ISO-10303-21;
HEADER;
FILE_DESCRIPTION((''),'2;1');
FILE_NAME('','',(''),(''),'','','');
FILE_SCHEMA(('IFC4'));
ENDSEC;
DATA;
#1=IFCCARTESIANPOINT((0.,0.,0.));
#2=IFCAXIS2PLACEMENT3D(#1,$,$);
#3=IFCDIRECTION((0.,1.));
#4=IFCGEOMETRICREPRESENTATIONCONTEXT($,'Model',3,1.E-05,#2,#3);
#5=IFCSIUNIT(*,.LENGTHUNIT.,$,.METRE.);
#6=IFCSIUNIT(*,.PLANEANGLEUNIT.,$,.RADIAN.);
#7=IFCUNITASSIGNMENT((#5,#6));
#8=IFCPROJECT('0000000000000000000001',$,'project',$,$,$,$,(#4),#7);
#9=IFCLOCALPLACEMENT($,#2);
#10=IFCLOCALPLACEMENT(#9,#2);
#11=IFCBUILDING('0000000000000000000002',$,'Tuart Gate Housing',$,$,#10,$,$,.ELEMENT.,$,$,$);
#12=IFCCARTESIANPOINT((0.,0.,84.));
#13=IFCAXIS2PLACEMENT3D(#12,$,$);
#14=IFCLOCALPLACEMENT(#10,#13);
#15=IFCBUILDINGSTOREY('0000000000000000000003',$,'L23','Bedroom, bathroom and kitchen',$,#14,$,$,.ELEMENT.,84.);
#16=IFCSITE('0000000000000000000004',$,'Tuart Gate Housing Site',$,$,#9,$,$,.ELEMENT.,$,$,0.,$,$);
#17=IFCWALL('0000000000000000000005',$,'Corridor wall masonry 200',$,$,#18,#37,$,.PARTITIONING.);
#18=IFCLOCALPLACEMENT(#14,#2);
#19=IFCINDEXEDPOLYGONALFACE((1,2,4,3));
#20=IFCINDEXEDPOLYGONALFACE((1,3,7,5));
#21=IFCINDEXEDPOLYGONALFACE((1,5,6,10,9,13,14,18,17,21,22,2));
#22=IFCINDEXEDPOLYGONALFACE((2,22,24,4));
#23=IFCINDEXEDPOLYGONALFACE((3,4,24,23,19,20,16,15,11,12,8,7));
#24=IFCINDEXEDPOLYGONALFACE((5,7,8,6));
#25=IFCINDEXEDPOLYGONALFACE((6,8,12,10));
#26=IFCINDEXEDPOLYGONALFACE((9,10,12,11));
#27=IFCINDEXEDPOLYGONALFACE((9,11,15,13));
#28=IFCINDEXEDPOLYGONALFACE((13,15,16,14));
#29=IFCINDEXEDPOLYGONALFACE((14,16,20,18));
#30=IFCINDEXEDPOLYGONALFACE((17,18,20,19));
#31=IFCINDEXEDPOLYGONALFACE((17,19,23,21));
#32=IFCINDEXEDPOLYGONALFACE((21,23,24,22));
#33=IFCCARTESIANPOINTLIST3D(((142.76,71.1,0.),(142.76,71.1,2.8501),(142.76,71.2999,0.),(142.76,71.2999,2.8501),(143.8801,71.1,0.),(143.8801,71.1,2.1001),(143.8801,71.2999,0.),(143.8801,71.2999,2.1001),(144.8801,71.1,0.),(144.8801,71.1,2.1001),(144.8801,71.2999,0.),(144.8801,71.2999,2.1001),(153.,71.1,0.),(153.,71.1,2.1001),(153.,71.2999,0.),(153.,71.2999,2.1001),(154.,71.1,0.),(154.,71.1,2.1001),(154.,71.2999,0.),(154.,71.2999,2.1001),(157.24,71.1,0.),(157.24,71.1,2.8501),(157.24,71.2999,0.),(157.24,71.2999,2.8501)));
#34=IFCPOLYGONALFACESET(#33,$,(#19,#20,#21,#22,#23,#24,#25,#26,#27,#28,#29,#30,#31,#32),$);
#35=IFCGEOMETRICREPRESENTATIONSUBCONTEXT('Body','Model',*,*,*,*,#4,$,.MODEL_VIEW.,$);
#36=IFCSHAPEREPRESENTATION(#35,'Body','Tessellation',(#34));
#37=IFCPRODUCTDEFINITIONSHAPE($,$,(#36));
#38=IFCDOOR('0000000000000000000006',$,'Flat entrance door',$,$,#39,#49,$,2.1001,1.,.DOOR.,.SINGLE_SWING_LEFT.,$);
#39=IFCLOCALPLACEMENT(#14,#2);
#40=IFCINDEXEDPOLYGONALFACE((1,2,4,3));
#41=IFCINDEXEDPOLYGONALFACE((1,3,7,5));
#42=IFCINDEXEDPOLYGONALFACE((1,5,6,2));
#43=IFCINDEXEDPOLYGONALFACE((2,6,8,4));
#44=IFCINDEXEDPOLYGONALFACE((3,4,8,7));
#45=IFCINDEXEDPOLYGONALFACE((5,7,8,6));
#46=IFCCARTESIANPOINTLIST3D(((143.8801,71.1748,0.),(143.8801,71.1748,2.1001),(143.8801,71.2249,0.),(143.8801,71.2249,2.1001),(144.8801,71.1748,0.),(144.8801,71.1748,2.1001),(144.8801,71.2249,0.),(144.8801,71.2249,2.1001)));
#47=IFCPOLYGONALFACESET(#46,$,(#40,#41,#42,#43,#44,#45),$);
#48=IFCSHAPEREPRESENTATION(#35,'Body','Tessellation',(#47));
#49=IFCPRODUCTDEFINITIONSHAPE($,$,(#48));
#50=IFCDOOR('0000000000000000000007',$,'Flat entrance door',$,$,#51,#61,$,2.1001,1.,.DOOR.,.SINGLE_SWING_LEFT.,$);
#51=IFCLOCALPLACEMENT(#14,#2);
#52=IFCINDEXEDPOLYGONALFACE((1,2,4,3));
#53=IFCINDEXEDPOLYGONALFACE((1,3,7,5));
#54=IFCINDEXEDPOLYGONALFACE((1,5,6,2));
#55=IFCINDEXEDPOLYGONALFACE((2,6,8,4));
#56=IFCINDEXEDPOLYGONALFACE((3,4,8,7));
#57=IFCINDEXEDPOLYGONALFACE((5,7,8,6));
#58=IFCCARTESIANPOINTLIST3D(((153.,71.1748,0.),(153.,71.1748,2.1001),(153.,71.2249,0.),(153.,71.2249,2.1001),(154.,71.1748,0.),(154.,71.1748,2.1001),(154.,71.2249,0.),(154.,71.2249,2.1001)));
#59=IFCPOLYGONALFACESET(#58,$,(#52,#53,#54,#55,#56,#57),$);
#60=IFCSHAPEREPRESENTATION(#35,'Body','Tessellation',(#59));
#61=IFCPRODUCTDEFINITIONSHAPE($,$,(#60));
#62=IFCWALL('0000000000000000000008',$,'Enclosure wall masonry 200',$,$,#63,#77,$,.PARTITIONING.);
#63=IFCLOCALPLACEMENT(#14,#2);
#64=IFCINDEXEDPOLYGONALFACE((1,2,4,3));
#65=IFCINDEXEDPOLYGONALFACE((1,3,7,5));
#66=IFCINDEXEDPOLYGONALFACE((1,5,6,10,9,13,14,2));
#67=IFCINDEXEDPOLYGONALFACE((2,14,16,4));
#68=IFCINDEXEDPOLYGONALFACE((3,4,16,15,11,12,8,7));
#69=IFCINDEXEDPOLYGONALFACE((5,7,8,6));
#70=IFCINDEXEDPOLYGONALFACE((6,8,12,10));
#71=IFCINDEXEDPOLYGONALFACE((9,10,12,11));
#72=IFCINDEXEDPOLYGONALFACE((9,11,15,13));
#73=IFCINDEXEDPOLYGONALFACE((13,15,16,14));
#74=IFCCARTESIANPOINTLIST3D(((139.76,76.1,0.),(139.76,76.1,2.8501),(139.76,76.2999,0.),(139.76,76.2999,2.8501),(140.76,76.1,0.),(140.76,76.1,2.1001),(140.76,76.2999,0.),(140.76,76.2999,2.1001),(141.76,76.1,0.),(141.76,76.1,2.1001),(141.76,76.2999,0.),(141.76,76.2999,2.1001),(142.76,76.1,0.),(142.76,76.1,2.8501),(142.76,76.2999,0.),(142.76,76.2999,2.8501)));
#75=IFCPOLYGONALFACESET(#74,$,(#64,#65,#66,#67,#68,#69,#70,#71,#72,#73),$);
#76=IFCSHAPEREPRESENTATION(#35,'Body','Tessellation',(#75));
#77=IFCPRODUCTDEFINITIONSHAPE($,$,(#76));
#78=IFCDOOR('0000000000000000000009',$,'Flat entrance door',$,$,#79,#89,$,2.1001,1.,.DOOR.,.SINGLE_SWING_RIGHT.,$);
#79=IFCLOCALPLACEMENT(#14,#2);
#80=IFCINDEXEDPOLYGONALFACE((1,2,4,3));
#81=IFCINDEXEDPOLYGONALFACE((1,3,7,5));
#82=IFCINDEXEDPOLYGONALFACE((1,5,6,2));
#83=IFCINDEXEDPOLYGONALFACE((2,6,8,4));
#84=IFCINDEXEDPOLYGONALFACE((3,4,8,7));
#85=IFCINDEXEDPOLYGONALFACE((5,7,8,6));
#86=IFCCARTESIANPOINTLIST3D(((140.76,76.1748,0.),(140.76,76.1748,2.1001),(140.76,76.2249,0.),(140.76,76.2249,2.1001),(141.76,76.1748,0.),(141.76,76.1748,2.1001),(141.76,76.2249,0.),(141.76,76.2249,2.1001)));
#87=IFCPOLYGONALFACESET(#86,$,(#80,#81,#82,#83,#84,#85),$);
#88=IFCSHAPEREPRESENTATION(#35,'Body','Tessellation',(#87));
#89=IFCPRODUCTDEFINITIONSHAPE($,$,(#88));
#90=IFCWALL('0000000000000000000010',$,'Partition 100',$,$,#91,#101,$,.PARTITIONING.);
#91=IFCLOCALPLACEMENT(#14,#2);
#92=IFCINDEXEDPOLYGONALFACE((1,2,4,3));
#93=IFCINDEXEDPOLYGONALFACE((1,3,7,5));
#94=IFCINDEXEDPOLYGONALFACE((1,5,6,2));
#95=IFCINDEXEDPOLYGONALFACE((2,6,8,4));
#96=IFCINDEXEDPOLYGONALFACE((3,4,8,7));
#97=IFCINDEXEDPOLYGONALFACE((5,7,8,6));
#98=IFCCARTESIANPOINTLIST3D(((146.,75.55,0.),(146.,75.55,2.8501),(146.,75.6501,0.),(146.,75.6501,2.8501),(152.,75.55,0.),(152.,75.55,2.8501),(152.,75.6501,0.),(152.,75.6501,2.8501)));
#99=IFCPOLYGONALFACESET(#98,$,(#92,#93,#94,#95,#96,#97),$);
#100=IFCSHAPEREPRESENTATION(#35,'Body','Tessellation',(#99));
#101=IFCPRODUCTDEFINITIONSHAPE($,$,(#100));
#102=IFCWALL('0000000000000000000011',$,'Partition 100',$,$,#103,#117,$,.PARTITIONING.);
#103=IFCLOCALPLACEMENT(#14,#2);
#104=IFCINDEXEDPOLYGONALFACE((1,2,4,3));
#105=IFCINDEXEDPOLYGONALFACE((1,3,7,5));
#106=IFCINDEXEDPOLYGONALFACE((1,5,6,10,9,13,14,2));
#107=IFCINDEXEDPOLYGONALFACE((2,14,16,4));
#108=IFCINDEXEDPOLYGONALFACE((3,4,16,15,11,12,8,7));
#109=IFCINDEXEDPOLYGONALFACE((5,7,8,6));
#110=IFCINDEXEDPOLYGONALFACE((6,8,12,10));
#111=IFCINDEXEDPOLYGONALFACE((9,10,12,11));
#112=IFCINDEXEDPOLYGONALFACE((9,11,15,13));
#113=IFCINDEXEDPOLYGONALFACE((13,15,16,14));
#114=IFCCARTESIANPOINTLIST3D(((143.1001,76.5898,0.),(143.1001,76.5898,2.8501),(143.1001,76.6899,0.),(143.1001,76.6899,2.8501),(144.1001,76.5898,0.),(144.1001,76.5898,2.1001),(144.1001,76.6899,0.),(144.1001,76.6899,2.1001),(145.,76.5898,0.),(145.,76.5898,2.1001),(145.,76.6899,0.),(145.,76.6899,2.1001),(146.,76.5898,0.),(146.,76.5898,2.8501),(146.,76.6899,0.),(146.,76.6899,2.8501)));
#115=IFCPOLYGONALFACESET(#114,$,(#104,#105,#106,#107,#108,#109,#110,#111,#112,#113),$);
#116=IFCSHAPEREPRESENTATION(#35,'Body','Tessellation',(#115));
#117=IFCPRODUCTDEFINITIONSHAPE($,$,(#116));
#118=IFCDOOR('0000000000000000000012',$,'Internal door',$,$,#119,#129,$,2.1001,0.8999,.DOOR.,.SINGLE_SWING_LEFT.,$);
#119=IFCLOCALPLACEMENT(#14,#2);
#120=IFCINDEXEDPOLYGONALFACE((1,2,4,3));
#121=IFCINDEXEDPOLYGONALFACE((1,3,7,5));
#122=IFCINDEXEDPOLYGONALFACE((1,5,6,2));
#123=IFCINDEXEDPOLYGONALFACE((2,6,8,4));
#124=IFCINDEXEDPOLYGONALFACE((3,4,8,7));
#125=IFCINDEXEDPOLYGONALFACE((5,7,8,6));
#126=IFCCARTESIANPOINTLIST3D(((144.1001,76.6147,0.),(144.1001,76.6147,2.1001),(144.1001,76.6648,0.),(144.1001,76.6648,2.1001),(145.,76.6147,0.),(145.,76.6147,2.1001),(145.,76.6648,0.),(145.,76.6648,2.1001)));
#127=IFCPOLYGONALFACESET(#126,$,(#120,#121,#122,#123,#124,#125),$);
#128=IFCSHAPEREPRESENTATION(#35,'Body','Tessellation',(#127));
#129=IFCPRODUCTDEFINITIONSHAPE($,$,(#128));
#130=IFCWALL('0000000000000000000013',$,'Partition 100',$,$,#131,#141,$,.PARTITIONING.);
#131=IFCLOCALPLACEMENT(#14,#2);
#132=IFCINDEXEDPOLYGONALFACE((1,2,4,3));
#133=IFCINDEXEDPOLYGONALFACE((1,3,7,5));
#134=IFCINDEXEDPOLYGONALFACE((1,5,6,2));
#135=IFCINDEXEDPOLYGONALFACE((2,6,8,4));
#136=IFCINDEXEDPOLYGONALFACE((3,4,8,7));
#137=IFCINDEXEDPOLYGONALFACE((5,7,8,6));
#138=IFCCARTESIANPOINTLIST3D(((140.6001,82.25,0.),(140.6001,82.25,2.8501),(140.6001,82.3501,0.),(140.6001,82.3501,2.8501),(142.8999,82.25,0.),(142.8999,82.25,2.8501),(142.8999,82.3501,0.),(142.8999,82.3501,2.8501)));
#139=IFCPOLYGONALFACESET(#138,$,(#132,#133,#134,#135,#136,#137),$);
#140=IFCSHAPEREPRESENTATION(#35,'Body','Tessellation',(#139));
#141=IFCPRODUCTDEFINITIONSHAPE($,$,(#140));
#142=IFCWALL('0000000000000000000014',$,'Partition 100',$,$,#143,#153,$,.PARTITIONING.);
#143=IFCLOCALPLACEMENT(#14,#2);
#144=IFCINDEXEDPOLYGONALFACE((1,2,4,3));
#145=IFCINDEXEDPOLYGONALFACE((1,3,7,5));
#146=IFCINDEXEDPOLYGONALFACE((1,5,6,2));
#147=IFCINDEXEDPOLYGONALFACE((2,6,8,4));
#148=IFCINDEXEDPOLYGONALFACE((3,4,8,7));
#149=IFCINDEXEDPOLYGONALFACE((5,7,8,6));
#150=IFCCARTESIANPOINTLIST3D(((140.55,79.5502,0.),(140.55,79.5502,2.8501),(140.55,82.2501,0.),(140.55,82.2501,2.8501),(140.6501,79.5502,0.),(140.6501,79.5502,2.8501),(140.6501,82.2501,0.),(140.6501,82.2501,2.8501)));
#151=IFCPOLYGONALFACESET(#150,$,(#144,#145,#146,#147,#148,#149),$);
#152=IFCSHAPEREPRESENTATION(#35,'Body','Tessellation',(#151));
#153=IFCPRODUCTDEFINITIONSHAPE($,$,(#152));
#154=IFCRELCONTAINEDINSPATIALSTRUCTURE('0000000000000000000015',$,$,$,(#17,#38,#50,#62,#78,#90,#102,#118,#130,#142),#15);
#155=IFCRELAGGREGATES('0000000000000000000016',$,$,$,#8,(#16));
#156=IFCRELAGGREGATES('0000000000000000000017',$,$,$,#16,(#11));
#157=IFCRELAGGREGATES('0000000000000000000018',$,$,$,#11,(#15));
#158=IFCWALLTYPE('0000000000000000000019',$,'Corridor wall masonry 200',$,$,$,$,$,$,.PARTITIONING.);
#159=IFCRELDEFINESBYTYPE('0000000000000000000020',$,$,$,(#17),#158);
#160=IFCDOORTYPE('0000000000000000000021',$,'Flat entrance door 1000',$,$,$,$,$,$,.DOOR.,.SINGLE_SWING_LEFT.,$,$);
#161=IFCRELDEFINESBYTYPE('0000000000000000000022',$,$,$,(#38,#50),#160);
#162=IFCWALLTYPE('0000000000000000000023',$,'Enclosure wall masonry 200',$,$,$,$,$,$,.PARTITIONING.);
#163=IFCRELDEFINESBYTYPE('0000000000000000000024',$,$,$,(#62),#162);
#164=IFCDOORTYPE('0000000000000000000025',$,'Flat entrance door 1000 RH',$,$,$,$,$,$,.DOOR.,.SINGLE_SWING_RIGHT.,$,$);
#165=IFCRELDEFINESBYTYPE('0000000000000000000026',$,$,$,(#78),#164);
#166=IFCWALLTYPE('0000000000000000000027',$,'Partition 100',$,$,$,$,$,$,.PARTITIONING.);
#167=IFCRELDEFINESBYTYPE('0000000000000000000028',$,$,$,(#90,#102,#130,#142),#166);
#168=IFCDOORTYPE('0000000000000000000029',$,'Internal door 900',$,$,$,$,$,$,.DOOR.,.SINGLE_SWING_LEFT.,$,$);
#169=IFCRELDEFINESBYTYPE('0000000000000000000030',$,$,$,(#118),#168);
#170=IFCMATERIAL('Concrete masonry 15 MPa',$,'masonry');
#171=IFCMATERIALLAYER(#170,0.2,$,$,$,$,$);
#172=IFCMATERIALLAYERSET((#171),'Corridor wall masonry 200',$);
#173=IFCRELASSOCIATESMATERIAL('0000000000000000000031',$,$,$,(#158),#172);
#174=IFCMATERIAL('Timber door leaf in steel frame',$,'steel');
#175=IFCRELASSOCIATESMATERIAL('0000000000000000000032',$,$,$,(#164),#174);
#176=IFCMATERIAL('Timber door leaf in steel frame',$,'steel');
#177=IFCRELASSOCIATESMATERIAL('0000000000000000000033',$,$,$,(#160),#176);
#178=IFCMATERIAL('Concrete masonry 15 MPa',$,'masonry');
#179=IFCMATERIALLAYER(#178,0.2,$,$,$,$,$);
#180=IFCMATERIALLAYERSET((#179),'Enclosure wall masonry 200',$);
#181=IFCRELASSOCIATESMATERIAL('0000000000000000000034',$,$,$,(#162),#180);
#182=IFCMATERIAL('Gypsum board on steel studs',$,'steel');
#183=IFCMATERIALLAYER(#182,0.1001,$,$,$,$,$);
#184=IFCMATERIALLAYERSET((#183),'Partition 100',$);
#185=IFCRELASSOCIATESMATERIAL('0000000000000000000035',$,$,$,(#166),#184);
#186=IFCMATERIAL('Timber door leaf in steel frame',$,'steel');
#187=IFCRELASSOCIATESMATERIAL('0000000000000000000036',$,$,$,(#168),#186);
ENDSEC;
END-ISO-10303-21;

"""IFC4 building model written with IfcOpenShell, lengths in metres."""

from ifc_helpers import new_model, si_unit, direction, frame, frame_2d, origin, place, context, subcontext, project, spatial, rectangle, extrude, material, layer, layer_set, type_object, element, fill, save


model = new_model("IFC4")

# Units and contexts
model_context = context("Model", 3, precision=1e-05, world=origin(), true_north=direction((0.0, 1.0)))
body_context = subcontext(model_context, "Body", "Model", "MODEL_VIEW")
ifc_project = project(units=[si_unit("LENGTHUNIT", "METRE"), si_unit("PLANEANGLEUNIT", "RADIAN")], contexts=[model_context])

# Site, building, storey
site_placement = place(None, origin())
site = spatial("IfcSite", under=ifc_project, at=site_placement, Name="Tuart Gate Housing Site", CompositionType="ELEMENT", RefElevation=0.0)
building_placement = place(site_placement, origin())
building = spatial("IfcBuilding", under=site, at=building_placement, Name="Tuart Gate Housing", CompositionType="ELEMENT")
storey_placement = place(building_placement, frame((0.0, 0.0, 84.0)))
storey = spatial("IfcBuildingStorey", under=building, at=storey_placement, Name="L23", Description="Bedroom, bathroom and kitchen", CompositionType="ELEMENT", Elevation=84.0)

# Wall, openings, doors
ifc_material_1 = material(Name="Concrete masonry 15 MPa", Category="masonry")
ifc_layer_1 = layer(ifc_material_1, 0.2)
ifc_layer_set_1 = layer_set([ifc_layer_1], Name="Corridor wall masonry 200")
wall_type_1 = type_object("IfcWallType", Name="Corridor wall masonry 200", PredefinedType="PARTITIONING", material=ifc_layer_set_1)
ifc_material_2 = material(Name="Timber door leaf in steel frame", Category="steel")
door_type_1 = type_object("IfcDoorType", Name="Flat entrance door 1000 RH", OperationType="SINGLE_SWING_RIGHT", PredefinedType="DOOR", material=ifc_material_2)
wall_1_placement = place(storey_placement, frame((142.76, 71.2, 0.0), z_axis=(0.0, 0.0, 1.0), x_axis=(1.0, 0.0, 0.0)))
wall_1 = element("IfcWall", 1, at=wall_1_placement, inside=storey, type_object=wall_type_1, Name="Corridor wall masonry 200", PredefinedType="PARTITIONING", context=body_context, shape_type="SweptSolid", body=[
    extrude(rectangle(XDim=14.48, YDim=0.2, at=frame_2d((7.24, 0.0))), origin(), (0.0, 0.0, 1.0), 2.8501),
])
opening_1_placement = place(wall_1_placement, frame((1.1201, 0.0, 0.0)))
opening_1 = element("IfcOpeningElement", 2, at=opening_1_placement, cuts=wall_1, PredefinedType="OPENING", context=body_context, shape_type="SweptSolid", body=[
    extrude(rectangle(XDim=1.0, YDim=2.1001, at=frame_2d((0.5, 1.05))), frame((0.0, 0.1099, 0.0), z_axis=(0.0, -1.0, 0.0), x_axis=(1.0, 0.0, 0.0)), (0.0, 0.0, 1.0), 0.22),
])
opening_2_placement = place(wall_1_placement, frame((10.24, 0.0, 0.0)))
opening_2 = element("IfcOpeningElement", 3, at=opening_2_placement, cuts=wall_1, PredefinedType="OPENING", context=body_context, shape_type="SweptSolid", body=[
    extrude(rectangle(XDim=1.0, YDim=2.1001, at=frame_2d((0.5, 1.05))), frame((0.0, 0.1099, 0.0), z_axis=(0.0, -1.0, 0.0), x_axis=(1.0, 0.0, 0.0)), (0.0, 0.0, 1.0), 0.22),
])
ifc_material_3 = material(Name="Timber door leaf in steel frame", Category="steel")
door_type_2 = type_object("IfcDoorType", Name="Flat entrance door 1000", OperationType="SINGLE_SWING_LEFT", PredefinedType="DOOR", material=ifc_material_3)
door_1_placement = place(opening_1_placement, origin())
door_1 = element("IfcDoor", 4, at=door_1_placement, inside=storey, type_object=door_type_2, Name="Flat entrance door", OperationType="SINGLE_SWING_LEFT", OverallHeight=2.1001, OverallWidth=1.0, PredefinedType="DOOR", context=body_context, shape_type="SweptSolid", body=[
    extrude(rectangle(XDim=1.0, YDim=2.1001, at=frame_2d((0.5, 1.05))), frame((0.0, 0.0249, 0.0), z_axis=(0.0, -1.0, 0.0), x_axis=(1.0, 0.0, 0.0)), (0.0, 0.0, 1.0), 0.05),
])
fill(opening_1, door_1)
door_2_placement = place(opening_2_placement, origin())
door_2 = element("IfcDoor", 5, at=door_2_placement, inside=storey, type_object=door_type_2, Name="Flat entrance door", OperationType="SINGLE_SWING_LEFT", OverallHeight=2.1001, OverallWidth=1.0, PredefinedType="DOOR", context=body_context, shape_type="SweptSolid", body=[
    extrude(rectangle(XDim=1.0, YDim=2.1001, at=frame_2d((0.5, 1.05))), frame((0.0, 0.0249, 0.0), z_axis=(0.0, -1.0, 0.0), x_axis=(1.0, 0.0, 0.0)), (0.0, 0.0, 1.0), 0.05),
])
fill(opening_2, door_2)

# Wall, opening, door
ifc_material_4 = material(Name="Concrete masonry 15 MPa", Category="masonry")
ifc_layer_2 = layer(ifc_material_4, 0.2)
ifc_layer_set_2 = layer_set([ifc_layer_2], Name="Enclosure wall masonry 200")
wall_type_2 = type_object("IfcWallType", Name="Enclosure wall masonry 200", PredefinedType="PARTITIONING", material=ifc_layer_set_2)
wall_2_placement = place(storey_placement, frame((139.76, 76.2, 0.0), z_axis=(0.0, 0.0, 1.0), x_axis=(1.0, 0.0, 0.0)))
wall_2 = element("IfcWall", 6, at=wall_2_placement, inside=storey, type_object=wall_type_2, Name="Enclosure wall masonry 200", PredefinedType="PARTITIONING", context=body_context, shape_type="SweptSolid", body=[
    extrude(rectangle(XDim=3.0, YDim=0.2, at=frame_2d((1.5, 0.0))), origin(), (0.0, 0.0, 1.0), 2.8501),
])
opening_3_placement = place(wall_2_placement, frame((1.0, 0.0, 0.0)))
opening_3 = element("IfcOpeningElement", 7, at=opening_3_placement, cuts=wall_2, PredefinedType="OPENING", context=body_context, shape_type="SweptSolid", body=[
    extrude(rectangle(XDim=1.0, YDim=2.1001, at=frame_2d((0.5, 1.05))), frame((0.0, 0.1099, 0.0), z_axis=(0.0, -1.0, 0.0), x_axis=(1.0, 0.0, 0.0)), (0.0, 0.0, 1.0), 0.22),
])
door_3_placement = place(opening_3_placement, origin())
door_3 = element("IfcDoor", 8, at=door_3_placement, inside=storey, type_object=door_type_1, Name="Flat entrance door", OperationType="SINGLE_SWING_RIGHT", OverallHeight=2.1001, OverallWidth=1.0, PredefinedType="DOOR", context=body_context, shape_type="SweptSolid", body=[
    extrude(rectangle(XDim=1.0, YDim=2.1001, at=frame_2d((0.5, 1.05))), frame((0.0, 0.0249, 0.0), z_axis=(0.0, -1.0, 0.0), x_axis=(1.0, 0.0, 0.0)), (0.0, 0.0, 1.0), 0.05),
])
fill(opening_3, door_3)

# Wall
ifc_material_5 = material(Name="Gypsum board on steel studs", Category="steel")
ifc_layer_3 = layer(ifc_material_5, 0.1001)
ifc_layer_set_3 = layer_set([ifc_layer_3], Name="Partition 100")
wall_type_3 = type_object("IfcWallType", Name="Partition 100", PredefinedType="PARTITIONING", material=ifc_layer_set_3)
wall_3_placement = place(storey_placement, frame((146.0, 75.6001, 0.0), z_axis=(0.0, 0.0, 1.0), x_axis=(1.0, 0.0, 0.0)))
element("IfcWall", 9, at=wall_3_placement, inside=storey, type_object=wall_type_3, Name="Partition 100", PredefinedType="PARTITIONING", context=body_context, shape_type="SweptSolid", body=[
    extrude(rectangle(XDim=6.0, YDim=0.1001, at=frame_2d((3.0, 0.0))), origin(), (0.0, 0.0, 1.0), 2.8501),
])

# Wall, opening, door
wall_4_placement = place(storey_placement, frame((143.1001, 76.6399, 0.0), z_axis=(0.0, 0.0, 1.0), x_axis=(1.0, 0.0, 0.0)))
wall_4 = element("IfcWall", 10, at=wall_4_placement, inside=storey, type_object=wall_type_3, Name="Partition 100", PredefinedType="PARTITIONING", context=body_context, shape_type="SweptSolid", body=[
    extrude(rectangle(XDim=2.8999, YDim=0.1001, at=frame_2d((1.45, 0.0))), origin(), (0.0, 0.0, 1.0), 2.8501),
])
opening_4_placement = place(wall_4_placement, frame((1.0, 0.0, 0.0)))
opening_4 = element("IfcOpeningElement", 11, at=opening_4_placement, cuts=wall_4, PredefinedType="OPENING", context=body_context, shape_type="SweptSolid", body=[
    extrude(rectangle(XDim=0.8999, YDim=2.1001, at=frame_2d((0.45, 1.05))), frame((0.0, 0.0601, 0.0), z_axis=(0.0, -1.0, 0.0), x_axis=(1.0, 0.0, 0.0)), (0.0, 0.0, 1.0), 0.1201),
])
ifc_material_6 = material(Name="Timber door leaf in steel frame", Category="steel")
door_type_3 = type_object("IfcDoorType", Name="Internal door 900", OperationType="SINGLE_SWING_LEFT", PredefinedType="DOOR", material=ifc_material_6)
door_4_placement = place(opening_4_placement, frame((0.8999, 0.0, 0.0), z_axis=(0.0, 0.0, 1.0), x_axis=(-1.0, 0.0, 0.0)))
door_4 = element("IfcDoor", 12, at=door_4_placement, inside=storey, type_object=door_type_3, Name="Internal door", OperationType="SINGLE_SWING_LEFT", OverallHeight=2.1001, OverallWidth=0.8999, PredefinedType="DOOR", context=body_context, shape_type="SweptSolid", body=[
    extrude(rectangle(XDim=0.8999, YDim=2.1001, at=frame_2d((0.45, 1.05))), frame((0.0, 0.0251, 0.0), z_axis=(0.0, -1.0, 0.0), x_axis=(1.0, 0.0, 0.0)), (0.0, 0.0, 1.0), 0.05),
])
fill(opening_4, door_4)

# Walls
wall_5_placement = place(storey_placement, frame((140.6001, 82.3, 0.0), z_axis=(0.0, 0.0, 1.0), x_axis=(1.0, 0.0, 0.0)))
element("IfcWall", 13, at=wall_5_placement, inside=storey, type_object=wall_type_3, Name="Partition 100", PredefinedType="PARTITIONING", context=body_context, shape_type="SweptSolid", body=[
    extrude(rectangle(XDim=2.2998, YDim=0.1001, at=frame_2d((1.1499, 0.0))), origin(), (0.0, 0.0, 1.0), 2.8501),
])
wall_6_placement = place(storey_placement, frame((140.6001, 79.55, 0.0), z_axis=(0.0, 0.0, 1.0), x_axis=(0.0, 1.0, 0.0)))
element("IfcWall", 14, at=wall_6_placement, inside=storey, type_object=wall_type_3, Name="Partition 100", PredefinedType="PARTITIONING", context=body_context, shape_type="SweptSolid", body=[
    extrude(rectangle(XDim=2.7, YDim=0.1001, at=frame_2d((1.3501, 0.0))), origin(), (0.0, 0.0, 1.0), 2.8501),
])

save(model, "model.ifc")
